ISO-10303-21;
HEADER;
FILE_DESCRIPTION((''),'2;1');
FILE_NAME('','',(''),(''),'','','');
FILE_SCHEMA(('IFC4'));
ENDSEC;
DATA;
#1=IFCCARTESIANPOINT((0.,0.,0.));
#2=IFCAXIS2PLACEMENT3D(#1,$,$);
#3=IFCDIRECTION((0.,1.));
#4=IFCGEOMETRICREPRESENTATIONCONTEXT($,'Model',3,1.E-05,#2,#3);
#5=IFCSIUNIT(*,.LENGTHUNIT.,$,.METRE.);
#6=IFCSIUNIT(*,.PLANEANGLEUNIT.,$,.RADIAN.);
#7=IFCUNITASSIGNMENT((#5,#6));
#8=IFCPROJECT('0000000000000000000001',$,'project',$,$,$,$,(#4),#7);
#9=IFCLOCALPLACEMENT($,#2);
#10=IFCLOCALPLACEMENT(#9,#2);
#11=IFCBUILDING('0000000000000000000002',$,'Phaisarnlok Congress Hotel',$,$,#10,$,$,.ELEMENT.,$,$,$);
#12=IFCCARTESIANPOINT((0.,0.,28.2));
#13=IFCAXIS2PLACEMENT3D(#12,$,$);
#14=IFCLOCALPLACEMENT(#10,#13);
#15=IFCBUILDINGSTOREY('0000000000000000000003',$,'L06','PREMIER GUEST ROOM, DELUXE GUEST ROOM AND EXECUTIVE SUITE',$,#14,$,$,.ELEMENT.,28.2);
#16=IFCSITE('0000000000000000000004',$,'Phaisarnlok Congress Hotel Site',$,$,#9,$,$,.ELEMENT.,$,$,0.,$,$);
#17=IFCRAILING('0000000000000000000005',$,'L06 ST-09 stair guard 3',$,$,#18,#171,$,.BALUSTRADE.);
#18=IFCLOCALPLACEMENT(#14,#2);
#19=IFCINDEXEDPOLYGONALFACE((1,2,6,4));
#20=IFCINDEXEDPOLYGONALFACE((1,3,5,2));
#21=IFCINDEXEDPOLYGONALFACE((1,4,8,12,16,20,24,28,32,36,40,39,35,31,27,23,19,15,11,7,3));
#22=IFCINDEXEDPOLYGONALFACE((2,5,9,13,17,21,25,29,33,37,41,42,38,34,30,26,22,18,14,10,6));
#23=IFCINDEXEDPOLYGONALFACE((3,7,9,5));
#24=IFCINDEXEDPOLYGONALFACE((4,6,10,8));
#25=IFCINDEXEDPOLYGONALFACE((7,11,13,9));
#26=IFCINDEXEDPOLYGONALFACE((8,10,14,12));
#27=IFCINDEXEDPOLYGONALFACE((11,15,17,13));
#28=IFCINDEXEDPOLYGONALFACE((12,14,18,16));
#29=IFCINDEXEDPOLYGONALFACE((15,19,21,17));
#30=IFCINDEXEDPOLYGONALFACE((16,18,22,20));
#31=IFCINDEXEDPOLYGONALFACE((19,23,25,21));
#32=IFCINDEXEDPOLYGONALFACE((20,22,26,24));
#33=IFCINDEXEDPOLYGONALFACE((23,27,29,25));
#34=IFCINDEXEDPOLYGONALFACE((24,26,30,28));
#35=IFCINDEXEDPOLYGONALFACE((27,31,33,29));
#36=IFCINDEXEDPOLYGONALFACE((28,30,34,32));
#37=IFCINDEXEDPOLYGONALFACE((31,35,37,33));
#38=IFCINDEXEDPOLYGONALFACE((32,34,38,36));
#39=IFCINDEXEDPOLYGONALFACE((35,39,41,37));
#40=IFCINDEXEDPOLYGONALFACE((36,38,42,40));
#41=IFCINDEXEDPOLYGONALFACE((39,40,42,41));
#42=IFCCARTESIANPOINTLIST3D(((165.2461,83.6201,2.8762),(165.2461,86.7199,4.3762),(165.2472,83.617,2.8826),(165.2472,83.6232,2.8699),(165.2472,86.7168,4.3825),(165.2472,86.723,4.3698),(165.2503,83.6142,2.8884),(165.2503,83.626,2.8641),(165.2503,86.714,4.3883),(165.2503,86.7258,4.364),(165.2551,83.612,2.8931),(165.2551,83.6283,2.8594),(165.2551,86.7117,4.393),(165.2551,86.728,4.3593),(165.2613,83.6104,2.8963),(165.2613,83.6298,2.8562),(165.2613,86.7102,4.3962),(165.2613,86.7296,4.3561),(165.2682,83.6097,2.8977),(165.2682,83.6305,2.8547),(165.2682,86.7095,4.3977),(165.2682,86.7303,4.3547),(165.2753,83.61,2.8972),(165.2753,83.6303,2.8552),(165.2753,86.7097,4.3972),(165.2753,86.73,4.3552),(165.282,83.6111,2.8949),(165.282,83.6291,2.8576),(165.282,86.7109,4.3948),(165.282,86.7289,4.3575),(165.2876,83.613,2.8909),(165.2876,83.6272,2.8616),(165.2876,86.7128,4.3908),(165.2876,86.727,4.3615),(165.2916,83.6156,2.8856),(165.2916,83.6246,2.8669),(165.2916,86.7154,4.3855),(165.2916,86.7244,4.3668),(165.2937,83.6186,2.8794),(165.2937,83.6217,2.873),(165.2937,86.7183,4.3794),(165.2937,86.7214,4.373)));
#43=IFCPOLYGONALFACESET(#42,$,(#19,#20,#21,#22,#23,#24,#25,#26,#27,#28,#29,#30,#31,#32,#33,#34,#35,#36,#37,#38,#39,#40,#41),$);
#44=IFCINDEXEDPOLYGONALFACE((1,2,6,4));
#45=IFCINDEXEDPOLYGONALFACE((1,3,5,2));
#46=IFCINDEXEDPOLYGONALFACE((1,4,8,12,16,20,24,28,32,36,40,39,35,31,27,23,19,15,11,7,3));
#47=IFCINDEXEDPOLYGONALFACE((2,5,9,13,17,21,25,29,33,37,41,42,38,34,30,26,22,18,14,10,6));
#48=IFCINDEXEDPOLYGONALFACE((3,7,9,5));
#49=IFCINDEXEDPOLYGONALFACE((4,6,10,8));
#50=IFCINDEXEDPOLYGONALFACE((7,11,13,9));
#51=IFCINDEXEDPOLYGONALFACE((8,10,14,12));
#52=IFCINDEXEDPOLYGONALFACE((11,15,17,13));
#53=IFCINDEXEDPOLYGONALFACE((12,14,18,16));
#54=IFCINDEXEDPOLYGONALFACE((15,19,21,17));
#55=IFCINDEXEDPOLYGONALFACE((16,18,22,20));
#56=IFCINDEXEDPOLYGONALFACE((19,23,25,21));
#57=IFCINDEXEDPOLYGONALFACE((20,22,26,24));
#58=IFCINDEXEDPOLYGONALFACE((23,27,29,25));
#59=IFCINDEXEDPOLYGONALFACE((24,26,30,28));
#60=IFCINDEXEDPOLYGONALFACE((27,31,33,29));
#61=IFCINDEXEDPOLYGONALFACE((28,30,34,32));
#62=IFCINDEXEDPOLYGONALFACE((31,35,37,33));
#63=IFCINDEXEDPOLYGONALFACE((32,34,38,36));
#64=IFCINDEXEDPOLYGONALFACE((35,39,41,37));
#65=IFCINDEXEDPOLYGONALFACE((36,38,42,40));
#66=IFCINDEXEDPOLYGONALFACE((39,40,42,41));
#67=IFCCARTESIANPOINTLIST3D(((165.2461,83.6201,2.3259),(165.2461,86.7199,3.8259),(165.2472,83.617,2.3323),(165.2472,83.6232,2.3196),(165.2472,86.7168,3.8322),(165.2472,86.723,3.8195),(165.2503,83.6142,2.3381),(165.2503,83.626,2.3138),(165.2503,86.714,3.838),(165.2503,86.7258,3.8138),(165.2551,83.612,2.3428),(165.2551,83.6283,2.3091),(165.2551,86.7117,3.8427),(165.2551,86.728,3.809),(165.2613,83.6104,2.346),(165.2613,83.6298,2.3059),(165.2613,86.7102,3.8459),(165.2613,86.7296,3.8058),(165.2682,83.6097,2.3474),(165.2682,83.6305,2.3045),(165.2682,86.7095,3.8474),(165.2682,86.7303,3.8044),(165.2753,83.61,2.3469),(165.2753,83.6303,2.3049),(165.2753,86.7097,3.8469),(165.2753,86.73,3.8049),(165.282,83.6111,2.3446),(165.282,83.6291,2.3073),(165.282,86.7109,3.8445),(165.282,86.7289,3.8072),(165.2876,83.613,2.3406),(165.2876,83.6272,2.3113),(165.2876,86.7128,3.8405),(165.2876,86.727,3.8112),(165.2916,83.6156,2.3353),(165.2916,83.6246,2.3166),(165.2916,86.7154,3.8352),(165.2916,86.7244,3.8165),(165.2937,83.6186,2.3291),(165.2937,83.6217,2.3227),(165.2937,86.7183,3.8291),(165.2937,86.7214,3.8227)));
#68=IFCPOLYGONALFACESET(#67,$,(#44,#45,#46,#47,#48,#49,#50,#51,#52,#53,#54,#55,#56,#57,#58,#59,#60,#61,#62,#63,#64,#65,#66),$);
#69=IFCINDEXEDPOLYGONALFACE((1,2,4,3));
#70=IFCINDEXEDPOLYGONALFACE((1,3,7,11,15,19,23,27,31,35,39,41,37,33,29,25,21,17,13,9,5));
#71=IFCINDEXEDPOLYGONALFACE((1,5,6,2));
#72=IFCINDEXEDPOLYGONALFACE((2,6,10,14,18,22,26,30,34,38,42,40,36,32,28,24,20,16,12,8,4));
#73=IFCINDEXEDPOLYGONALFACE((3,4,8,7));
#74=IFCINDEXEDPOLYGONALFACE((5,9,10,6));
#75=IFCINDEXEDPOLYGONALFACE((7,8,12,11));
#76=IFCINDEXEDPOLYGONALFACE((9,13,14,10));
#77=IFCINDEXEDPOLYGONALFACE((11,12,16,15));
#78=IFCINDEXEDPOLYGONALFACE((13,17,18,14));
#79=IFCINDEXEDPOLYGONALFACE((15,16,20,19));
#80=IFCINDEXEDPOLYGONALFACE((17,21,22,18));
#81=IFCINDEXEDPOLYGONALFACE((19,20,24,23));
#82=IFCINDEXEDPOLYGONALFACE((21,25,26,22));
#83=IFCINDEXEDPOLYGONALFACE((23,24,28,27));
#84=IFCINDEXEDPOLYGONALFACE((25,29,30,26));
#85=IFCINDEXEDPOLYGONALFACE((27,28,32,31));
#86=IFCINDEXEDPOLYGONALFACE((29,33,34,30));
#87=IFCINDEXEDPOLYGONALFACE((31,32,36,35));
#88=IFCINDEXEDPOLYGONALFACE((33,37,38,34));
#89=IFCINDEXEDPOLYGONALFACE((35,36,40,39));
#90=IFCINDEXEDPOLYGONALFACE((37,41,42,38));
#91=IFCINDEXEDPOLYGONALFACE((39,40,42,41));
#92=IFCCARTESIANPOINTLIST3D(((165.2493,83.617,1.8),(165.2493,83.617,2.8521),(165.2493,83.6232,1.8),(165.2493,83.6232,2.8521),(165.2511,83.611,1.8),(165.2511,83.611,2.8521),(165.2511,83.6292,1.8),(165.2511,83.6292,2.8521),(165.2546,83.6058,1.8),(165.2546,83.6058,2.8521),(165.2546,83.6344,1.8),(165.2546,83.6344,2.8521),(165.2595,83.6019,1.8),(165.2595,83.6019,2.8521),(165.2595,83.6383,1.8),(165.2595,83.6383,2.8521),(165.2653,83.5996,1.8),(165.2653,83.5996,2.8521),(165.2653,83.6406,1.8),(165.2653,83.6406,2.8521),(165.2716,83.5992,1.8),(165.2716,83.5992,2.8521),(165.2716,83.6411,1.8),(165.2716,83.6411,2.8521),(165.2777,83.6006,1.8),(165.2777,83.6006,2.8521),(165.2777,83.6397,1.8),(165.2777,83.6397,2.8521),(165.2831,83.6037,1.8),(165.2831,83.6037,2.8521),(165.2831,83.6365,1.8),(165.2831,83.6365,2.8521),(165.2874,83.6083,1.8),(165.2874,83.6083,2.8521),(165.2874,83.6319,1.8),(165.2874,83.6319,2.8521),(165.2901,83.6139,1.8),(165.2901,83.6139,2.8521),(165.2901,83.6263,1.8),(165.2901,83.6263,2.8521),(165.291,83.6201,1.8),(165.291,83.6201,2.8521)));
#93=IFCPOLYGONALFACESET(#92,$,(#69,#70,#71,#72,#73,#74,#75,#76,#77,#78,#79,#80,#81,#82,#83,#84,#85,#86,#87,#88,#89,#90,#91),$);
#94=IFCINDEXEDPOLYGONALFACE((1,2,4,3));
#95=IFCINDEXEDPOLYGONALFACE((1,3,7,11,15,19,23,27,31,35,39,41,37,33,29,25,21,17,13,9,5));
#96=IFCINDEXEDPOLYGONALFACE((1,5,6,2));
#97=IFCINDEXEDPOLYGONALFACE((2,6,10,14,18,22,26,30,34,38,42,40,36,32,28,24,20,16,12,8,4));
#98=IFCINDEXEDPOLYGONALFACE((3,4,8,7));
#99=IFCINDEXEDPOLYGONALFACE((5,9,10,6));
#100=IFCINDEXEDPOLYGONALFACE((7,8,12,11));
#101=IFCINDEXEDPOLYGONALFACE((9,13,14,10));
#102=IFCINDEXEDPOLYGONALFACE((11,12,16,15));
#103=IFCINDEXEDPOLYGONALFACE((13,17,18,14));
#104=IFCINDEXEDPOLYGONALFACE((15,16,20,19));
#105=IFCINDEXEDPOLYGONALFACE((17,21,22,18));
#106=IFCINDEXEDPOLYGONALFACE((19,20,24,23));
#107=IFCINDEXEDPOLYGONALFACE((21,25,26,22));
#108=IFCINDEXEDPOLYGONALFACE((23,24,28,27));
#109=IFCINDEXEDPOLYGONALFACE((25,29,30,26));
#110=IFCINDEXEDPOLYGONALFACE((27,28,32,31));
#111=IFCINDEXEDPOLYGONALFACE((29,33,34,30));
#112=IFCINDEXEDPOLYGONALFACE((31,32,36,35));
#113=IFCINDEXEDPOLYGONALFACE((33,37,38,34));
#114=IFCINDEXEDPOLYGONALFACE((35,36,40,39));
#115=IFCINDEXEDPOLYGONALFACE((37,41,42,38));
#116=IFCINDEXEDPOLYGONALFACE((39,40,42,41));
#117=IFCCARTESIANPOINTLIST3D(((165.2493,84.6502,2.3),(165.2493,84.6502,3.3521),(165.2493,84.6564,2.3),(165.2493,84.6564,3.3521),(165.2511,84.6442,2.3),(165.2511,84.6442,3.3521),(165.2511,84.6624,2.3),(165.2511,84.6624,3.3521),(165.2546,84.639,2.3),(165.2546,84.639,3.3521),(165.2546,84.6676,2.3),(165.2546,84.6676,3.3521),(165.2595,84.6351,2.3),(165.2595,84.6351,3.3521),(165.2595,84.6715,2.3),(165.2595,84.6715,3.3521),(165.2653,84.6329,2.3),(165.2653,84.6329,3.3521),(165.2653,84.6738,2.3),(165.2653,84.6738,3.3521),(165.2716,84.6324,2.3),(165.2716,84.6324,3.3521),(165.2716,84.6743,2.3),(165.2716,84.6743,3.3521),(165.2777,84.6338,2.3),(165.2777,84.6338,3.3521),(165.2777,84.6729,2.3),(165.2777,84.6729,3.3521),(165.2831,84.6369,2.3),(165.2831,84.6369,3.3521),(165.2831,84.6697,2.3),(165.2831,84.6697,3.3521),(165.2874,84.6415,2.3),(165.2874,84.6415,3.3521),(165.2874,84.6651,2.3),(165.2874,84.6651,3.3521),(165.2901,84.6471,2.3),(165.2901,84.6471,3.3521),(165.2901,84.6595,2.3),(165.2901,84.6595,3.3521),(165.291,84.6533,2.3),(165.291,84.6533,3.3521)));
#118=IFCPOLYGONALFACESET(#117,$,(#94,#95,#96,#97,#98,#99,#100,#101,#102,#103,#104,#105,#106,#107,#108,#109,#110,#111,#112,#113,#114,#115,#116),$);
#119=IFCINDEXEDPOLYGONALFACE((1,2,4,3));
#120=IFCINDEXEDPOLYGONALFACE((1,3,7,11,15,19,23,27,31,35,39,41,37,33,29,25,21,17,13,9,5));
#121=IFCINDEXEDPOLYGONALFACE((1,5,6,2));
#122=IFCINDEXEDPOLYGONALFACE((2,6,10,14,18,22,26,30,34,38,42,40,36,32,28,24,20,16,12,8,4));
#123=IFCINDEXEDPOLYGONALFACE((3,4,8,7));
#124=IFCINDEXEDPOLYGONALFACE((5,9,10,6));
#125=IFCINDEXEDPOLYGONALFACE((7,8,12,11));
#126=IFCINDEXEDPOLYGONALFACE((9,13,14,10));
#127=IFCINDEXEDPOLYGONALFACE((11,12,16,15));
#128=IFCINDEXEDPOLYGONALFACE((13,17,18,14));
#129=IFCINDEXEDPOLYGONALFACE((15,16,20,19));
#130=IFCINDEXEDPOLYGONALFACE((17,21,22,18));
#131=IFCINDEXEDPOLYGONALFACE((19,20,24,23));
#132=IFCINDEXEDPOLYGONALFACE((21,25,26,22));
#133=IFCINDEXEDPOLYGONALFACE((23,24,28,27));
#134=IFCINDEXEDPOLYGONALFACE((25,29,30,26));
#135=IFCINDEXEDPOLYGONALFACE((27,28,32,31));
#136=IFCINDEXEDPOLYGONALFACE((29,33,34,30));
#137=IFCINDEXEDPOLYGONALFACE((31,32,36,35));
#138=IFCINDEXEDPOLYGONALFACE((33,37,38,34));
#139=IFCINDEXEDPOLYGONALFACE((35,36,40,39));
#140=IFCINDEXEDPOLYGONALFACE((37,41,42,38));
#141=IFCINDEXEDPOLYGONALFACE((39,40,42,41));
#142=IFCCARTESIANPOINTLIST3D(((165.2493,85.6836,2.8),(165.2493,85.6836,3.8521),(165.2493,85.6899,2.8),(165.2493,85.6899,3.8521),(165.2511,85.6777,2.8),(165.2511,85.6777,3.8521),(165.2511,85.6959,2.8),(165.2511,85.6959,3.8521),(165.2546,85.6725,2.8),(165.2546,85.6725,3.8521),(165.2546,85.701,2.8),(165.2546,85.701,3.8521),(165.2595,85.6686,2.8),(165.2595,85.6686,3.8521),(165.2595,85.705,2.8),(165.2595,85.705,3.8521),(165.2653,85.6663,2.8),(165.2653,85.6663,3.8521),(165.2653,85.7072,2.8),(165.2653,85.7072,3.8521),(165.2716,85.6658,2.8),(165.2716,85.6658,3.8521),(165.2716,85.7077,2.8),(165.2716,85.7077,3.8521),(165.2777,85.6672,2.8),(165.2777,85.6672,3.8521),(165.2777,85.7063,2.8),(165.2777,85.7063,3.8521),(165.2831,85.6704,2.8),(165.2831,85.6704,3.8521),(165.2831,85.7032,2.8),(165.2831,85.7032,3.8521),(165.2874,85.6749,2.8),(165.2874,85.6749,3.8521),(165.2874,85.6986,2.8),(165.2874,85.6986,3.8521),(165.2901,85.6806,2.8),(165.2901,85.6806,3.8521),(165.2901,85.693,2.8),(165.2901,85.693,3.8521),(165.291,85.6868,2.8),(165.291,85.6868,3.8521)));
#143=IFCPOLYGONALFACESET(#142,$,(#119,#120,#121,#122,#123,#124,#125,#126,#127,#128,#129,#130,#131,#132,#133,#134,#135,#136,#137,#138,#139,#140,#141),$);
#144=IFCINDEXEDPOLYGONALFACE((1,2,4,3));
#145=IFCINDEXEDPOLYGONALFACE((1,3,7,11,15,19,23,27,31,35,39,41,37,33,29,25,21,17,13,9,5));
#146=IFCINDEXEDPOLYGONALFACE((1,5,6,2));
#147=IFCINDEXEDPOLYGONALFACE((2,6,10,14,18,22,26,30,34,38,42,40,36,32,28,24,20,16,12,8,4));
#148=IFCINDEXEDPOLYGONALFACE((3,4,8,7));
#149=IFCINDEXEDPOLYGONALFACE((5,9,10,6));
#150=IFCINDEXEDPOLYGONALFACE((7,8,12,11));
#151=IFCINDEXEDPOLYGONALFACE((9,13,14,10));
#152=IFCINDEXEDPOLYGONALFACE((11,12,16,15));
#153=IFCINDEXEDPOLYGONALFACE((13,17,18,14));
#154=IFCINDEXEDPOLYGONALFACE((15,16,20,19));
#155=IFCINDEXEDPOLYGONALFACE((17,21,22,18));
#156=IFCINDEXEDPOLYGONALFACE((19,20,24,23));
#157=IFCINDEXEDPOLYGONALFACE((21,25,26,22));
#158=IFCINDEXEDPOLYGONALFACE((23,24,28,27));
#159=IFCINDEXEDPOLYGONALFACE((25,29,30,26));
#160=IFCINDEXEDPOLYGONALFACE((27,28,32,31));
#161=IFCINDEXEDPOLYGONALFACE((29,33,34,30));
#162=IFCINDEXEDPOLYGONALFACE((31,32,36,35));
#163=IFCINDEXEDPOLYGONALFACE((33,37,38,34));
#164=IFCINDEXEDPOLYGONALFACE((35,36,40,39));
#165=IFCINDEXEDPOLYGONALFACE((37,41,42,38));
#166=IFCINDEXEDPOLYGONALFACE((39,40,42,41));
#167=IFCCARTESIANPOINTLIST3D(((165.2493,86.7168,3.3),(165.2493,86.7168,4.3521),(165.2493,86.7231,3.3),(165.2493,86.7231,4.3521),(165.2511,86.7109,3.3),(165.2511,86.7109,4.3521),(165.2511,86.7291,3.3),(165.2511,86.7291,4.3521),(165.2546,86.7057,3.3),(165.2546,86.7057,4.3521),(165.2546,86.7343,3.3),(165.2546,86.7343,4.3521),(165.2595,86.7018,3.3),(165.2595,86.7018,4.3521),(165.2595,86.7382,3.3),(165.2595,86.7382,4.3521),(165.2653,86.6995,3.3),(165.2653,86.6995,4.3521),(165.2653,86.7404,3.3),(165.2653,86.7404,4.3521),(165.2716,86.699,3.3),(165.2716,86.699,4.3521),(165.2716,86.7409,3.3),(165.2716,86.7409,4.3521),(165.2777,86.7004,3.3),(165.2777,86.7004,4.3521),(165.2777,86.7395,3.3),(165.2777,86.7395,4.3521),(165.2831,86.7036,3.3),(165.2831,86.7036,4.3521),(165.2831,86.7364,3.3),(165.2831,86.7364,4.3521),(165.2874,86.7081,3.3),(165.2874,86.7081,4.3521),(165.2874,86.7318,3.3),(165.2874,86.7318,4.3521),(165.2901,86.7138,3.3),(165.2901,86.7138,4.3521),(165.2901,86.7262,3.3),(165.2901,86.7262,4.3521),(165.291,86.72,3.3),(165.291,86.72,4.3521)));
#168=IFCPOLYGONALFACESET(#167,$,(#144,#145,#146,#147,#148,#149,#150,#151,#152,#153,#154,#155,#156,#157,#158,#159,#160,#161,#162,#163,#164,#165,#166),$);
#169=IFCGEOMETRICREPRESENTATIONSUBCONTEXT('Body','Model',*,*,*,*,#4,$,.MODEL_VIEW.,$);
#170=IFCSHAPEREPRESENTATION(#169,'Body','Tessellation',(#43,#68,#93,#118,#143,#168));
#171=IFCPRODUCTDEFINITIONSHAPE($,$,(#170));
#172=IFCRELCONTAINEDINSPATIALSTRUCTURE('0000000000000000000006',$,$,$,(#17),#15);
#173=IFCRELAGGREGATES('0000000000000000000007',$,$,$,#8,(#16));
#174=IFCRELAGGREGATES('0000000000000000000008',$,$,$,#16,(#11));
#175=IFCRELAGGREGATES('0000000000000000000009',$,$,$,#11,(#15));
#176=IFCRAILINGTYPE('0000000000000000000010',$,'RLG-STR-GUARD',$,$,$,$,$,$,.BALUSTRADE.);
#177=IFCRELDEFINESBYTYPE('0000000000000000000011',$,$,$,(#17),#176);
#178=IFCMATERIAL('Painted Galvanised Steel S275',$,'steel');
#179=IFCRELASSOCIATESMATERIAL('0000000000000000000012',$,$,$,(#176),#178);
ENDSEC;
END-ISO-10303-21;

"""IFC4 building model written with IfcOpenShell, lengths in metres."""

from ifc_helpers import new_model, si_unit, direction, frame, origin, origin_2d, place, context, subcontext, project, spatial, circle, extrude, material, type_object, element, save


model = new_model("IFC4")

# Units and contexts
model_context = context("Model", 3, precision=1e-05, world=origin(), true_north=direction((0.0, 1.0)))
body_context = subcontext(model_context, "Body", "Model", "MODEL_VIEW")
ifc_project = project(units=[si_unit("LENGTHUNIT", "METRE"), si_unit("PLANEANGLEUNIT", "RADIAN")], contexts=[model_context])

# Site, building, storey
site_placement = place(None, origin())
site = spatial("IfcSite", under=ifc_project, at=site_placement, Name="Phaisarnlok Congress Hotel Site", CompositionType="ELEMENT", RefElevation=0.0)
building_placement = place(site_placement, origin())
building = spatial("IfcBuilding", under=site, at=building_placement, Name="Phaisarnlok Congress Hotel", CompositionType="ELEMENT")
storey_placement = place(building_placement, frame((0.0, 0.0, 28.2)))
storey = spatial("IfcBuildingStorey", under=building, at=storey_placement, Name="L06", Description="PREMIER GUEST ROOM, DELUXE GUEST ROOM AND EXECUTIVE SUITE", CompositionType="ELEMENT", Elevation=28.2)

# Railing
ifc_material_1 = material(Name="Painted Galvanised Steel S275", Category="steel")
railing_type_1 = type_object("IfcRailingType", Name="RLG-STR-GUARD", PredefinedType="BALUSTRADE", material=ifc_material_1)
railing_1_placement = place(storey_placement, frame((165.27, 83.6201, 1.8)))
element("IfcRailing", 1, at=railing_1_placement, inside=storey, type_object=railing_type_1, Name="L06 ST-09 stair guard 3", PredefinedType="BALUSTRADE", context=body_context, shape_type="SweptSolid", body=[
    extrude(circle(Radius=0.0239, at=origin_2d()), frame((0.0, 0.0, 1.0762), z_axis=(0.0, 0.900151, 0.435578), x_axis=(-1.0, 0.0, 0.0)), (0.0, 0.0, 1.0), 3.4436),
    extrude(circle(Radius=0.0239, at=origin_2d()), frame((0.0, 0.0, 0.5259), z_axis=(0.0, 0.900151, 0.435578), x_axis=(-1.0, 0.0, 0.0)), (0.0, 0.0, 1.0), 3.4436),
    extrude(circle(Radius=0.021, at=origin_2d()), origin(), (0.0, 0.0, 1.0), 1.052),
    extrude(circle(Radius=0.021, at=origin_2d()), frame((0.0, 1.0332, 0.5)), (0.0, 0.0, 1.0), 1.052),
    extrude(circle(Radius=0.021, at=origin_2d()), frame((0.0, 2.0667, 1.0)), (0.0, 0.0, 1.0), 1.052),
    extrude(circle(Radius=0.021, at=origin_2d()), frame((0.0, 3.0999, 1.5)), (0.0, 0.0, 1.0), 1.052),
])

save(model, "model.ifc")
